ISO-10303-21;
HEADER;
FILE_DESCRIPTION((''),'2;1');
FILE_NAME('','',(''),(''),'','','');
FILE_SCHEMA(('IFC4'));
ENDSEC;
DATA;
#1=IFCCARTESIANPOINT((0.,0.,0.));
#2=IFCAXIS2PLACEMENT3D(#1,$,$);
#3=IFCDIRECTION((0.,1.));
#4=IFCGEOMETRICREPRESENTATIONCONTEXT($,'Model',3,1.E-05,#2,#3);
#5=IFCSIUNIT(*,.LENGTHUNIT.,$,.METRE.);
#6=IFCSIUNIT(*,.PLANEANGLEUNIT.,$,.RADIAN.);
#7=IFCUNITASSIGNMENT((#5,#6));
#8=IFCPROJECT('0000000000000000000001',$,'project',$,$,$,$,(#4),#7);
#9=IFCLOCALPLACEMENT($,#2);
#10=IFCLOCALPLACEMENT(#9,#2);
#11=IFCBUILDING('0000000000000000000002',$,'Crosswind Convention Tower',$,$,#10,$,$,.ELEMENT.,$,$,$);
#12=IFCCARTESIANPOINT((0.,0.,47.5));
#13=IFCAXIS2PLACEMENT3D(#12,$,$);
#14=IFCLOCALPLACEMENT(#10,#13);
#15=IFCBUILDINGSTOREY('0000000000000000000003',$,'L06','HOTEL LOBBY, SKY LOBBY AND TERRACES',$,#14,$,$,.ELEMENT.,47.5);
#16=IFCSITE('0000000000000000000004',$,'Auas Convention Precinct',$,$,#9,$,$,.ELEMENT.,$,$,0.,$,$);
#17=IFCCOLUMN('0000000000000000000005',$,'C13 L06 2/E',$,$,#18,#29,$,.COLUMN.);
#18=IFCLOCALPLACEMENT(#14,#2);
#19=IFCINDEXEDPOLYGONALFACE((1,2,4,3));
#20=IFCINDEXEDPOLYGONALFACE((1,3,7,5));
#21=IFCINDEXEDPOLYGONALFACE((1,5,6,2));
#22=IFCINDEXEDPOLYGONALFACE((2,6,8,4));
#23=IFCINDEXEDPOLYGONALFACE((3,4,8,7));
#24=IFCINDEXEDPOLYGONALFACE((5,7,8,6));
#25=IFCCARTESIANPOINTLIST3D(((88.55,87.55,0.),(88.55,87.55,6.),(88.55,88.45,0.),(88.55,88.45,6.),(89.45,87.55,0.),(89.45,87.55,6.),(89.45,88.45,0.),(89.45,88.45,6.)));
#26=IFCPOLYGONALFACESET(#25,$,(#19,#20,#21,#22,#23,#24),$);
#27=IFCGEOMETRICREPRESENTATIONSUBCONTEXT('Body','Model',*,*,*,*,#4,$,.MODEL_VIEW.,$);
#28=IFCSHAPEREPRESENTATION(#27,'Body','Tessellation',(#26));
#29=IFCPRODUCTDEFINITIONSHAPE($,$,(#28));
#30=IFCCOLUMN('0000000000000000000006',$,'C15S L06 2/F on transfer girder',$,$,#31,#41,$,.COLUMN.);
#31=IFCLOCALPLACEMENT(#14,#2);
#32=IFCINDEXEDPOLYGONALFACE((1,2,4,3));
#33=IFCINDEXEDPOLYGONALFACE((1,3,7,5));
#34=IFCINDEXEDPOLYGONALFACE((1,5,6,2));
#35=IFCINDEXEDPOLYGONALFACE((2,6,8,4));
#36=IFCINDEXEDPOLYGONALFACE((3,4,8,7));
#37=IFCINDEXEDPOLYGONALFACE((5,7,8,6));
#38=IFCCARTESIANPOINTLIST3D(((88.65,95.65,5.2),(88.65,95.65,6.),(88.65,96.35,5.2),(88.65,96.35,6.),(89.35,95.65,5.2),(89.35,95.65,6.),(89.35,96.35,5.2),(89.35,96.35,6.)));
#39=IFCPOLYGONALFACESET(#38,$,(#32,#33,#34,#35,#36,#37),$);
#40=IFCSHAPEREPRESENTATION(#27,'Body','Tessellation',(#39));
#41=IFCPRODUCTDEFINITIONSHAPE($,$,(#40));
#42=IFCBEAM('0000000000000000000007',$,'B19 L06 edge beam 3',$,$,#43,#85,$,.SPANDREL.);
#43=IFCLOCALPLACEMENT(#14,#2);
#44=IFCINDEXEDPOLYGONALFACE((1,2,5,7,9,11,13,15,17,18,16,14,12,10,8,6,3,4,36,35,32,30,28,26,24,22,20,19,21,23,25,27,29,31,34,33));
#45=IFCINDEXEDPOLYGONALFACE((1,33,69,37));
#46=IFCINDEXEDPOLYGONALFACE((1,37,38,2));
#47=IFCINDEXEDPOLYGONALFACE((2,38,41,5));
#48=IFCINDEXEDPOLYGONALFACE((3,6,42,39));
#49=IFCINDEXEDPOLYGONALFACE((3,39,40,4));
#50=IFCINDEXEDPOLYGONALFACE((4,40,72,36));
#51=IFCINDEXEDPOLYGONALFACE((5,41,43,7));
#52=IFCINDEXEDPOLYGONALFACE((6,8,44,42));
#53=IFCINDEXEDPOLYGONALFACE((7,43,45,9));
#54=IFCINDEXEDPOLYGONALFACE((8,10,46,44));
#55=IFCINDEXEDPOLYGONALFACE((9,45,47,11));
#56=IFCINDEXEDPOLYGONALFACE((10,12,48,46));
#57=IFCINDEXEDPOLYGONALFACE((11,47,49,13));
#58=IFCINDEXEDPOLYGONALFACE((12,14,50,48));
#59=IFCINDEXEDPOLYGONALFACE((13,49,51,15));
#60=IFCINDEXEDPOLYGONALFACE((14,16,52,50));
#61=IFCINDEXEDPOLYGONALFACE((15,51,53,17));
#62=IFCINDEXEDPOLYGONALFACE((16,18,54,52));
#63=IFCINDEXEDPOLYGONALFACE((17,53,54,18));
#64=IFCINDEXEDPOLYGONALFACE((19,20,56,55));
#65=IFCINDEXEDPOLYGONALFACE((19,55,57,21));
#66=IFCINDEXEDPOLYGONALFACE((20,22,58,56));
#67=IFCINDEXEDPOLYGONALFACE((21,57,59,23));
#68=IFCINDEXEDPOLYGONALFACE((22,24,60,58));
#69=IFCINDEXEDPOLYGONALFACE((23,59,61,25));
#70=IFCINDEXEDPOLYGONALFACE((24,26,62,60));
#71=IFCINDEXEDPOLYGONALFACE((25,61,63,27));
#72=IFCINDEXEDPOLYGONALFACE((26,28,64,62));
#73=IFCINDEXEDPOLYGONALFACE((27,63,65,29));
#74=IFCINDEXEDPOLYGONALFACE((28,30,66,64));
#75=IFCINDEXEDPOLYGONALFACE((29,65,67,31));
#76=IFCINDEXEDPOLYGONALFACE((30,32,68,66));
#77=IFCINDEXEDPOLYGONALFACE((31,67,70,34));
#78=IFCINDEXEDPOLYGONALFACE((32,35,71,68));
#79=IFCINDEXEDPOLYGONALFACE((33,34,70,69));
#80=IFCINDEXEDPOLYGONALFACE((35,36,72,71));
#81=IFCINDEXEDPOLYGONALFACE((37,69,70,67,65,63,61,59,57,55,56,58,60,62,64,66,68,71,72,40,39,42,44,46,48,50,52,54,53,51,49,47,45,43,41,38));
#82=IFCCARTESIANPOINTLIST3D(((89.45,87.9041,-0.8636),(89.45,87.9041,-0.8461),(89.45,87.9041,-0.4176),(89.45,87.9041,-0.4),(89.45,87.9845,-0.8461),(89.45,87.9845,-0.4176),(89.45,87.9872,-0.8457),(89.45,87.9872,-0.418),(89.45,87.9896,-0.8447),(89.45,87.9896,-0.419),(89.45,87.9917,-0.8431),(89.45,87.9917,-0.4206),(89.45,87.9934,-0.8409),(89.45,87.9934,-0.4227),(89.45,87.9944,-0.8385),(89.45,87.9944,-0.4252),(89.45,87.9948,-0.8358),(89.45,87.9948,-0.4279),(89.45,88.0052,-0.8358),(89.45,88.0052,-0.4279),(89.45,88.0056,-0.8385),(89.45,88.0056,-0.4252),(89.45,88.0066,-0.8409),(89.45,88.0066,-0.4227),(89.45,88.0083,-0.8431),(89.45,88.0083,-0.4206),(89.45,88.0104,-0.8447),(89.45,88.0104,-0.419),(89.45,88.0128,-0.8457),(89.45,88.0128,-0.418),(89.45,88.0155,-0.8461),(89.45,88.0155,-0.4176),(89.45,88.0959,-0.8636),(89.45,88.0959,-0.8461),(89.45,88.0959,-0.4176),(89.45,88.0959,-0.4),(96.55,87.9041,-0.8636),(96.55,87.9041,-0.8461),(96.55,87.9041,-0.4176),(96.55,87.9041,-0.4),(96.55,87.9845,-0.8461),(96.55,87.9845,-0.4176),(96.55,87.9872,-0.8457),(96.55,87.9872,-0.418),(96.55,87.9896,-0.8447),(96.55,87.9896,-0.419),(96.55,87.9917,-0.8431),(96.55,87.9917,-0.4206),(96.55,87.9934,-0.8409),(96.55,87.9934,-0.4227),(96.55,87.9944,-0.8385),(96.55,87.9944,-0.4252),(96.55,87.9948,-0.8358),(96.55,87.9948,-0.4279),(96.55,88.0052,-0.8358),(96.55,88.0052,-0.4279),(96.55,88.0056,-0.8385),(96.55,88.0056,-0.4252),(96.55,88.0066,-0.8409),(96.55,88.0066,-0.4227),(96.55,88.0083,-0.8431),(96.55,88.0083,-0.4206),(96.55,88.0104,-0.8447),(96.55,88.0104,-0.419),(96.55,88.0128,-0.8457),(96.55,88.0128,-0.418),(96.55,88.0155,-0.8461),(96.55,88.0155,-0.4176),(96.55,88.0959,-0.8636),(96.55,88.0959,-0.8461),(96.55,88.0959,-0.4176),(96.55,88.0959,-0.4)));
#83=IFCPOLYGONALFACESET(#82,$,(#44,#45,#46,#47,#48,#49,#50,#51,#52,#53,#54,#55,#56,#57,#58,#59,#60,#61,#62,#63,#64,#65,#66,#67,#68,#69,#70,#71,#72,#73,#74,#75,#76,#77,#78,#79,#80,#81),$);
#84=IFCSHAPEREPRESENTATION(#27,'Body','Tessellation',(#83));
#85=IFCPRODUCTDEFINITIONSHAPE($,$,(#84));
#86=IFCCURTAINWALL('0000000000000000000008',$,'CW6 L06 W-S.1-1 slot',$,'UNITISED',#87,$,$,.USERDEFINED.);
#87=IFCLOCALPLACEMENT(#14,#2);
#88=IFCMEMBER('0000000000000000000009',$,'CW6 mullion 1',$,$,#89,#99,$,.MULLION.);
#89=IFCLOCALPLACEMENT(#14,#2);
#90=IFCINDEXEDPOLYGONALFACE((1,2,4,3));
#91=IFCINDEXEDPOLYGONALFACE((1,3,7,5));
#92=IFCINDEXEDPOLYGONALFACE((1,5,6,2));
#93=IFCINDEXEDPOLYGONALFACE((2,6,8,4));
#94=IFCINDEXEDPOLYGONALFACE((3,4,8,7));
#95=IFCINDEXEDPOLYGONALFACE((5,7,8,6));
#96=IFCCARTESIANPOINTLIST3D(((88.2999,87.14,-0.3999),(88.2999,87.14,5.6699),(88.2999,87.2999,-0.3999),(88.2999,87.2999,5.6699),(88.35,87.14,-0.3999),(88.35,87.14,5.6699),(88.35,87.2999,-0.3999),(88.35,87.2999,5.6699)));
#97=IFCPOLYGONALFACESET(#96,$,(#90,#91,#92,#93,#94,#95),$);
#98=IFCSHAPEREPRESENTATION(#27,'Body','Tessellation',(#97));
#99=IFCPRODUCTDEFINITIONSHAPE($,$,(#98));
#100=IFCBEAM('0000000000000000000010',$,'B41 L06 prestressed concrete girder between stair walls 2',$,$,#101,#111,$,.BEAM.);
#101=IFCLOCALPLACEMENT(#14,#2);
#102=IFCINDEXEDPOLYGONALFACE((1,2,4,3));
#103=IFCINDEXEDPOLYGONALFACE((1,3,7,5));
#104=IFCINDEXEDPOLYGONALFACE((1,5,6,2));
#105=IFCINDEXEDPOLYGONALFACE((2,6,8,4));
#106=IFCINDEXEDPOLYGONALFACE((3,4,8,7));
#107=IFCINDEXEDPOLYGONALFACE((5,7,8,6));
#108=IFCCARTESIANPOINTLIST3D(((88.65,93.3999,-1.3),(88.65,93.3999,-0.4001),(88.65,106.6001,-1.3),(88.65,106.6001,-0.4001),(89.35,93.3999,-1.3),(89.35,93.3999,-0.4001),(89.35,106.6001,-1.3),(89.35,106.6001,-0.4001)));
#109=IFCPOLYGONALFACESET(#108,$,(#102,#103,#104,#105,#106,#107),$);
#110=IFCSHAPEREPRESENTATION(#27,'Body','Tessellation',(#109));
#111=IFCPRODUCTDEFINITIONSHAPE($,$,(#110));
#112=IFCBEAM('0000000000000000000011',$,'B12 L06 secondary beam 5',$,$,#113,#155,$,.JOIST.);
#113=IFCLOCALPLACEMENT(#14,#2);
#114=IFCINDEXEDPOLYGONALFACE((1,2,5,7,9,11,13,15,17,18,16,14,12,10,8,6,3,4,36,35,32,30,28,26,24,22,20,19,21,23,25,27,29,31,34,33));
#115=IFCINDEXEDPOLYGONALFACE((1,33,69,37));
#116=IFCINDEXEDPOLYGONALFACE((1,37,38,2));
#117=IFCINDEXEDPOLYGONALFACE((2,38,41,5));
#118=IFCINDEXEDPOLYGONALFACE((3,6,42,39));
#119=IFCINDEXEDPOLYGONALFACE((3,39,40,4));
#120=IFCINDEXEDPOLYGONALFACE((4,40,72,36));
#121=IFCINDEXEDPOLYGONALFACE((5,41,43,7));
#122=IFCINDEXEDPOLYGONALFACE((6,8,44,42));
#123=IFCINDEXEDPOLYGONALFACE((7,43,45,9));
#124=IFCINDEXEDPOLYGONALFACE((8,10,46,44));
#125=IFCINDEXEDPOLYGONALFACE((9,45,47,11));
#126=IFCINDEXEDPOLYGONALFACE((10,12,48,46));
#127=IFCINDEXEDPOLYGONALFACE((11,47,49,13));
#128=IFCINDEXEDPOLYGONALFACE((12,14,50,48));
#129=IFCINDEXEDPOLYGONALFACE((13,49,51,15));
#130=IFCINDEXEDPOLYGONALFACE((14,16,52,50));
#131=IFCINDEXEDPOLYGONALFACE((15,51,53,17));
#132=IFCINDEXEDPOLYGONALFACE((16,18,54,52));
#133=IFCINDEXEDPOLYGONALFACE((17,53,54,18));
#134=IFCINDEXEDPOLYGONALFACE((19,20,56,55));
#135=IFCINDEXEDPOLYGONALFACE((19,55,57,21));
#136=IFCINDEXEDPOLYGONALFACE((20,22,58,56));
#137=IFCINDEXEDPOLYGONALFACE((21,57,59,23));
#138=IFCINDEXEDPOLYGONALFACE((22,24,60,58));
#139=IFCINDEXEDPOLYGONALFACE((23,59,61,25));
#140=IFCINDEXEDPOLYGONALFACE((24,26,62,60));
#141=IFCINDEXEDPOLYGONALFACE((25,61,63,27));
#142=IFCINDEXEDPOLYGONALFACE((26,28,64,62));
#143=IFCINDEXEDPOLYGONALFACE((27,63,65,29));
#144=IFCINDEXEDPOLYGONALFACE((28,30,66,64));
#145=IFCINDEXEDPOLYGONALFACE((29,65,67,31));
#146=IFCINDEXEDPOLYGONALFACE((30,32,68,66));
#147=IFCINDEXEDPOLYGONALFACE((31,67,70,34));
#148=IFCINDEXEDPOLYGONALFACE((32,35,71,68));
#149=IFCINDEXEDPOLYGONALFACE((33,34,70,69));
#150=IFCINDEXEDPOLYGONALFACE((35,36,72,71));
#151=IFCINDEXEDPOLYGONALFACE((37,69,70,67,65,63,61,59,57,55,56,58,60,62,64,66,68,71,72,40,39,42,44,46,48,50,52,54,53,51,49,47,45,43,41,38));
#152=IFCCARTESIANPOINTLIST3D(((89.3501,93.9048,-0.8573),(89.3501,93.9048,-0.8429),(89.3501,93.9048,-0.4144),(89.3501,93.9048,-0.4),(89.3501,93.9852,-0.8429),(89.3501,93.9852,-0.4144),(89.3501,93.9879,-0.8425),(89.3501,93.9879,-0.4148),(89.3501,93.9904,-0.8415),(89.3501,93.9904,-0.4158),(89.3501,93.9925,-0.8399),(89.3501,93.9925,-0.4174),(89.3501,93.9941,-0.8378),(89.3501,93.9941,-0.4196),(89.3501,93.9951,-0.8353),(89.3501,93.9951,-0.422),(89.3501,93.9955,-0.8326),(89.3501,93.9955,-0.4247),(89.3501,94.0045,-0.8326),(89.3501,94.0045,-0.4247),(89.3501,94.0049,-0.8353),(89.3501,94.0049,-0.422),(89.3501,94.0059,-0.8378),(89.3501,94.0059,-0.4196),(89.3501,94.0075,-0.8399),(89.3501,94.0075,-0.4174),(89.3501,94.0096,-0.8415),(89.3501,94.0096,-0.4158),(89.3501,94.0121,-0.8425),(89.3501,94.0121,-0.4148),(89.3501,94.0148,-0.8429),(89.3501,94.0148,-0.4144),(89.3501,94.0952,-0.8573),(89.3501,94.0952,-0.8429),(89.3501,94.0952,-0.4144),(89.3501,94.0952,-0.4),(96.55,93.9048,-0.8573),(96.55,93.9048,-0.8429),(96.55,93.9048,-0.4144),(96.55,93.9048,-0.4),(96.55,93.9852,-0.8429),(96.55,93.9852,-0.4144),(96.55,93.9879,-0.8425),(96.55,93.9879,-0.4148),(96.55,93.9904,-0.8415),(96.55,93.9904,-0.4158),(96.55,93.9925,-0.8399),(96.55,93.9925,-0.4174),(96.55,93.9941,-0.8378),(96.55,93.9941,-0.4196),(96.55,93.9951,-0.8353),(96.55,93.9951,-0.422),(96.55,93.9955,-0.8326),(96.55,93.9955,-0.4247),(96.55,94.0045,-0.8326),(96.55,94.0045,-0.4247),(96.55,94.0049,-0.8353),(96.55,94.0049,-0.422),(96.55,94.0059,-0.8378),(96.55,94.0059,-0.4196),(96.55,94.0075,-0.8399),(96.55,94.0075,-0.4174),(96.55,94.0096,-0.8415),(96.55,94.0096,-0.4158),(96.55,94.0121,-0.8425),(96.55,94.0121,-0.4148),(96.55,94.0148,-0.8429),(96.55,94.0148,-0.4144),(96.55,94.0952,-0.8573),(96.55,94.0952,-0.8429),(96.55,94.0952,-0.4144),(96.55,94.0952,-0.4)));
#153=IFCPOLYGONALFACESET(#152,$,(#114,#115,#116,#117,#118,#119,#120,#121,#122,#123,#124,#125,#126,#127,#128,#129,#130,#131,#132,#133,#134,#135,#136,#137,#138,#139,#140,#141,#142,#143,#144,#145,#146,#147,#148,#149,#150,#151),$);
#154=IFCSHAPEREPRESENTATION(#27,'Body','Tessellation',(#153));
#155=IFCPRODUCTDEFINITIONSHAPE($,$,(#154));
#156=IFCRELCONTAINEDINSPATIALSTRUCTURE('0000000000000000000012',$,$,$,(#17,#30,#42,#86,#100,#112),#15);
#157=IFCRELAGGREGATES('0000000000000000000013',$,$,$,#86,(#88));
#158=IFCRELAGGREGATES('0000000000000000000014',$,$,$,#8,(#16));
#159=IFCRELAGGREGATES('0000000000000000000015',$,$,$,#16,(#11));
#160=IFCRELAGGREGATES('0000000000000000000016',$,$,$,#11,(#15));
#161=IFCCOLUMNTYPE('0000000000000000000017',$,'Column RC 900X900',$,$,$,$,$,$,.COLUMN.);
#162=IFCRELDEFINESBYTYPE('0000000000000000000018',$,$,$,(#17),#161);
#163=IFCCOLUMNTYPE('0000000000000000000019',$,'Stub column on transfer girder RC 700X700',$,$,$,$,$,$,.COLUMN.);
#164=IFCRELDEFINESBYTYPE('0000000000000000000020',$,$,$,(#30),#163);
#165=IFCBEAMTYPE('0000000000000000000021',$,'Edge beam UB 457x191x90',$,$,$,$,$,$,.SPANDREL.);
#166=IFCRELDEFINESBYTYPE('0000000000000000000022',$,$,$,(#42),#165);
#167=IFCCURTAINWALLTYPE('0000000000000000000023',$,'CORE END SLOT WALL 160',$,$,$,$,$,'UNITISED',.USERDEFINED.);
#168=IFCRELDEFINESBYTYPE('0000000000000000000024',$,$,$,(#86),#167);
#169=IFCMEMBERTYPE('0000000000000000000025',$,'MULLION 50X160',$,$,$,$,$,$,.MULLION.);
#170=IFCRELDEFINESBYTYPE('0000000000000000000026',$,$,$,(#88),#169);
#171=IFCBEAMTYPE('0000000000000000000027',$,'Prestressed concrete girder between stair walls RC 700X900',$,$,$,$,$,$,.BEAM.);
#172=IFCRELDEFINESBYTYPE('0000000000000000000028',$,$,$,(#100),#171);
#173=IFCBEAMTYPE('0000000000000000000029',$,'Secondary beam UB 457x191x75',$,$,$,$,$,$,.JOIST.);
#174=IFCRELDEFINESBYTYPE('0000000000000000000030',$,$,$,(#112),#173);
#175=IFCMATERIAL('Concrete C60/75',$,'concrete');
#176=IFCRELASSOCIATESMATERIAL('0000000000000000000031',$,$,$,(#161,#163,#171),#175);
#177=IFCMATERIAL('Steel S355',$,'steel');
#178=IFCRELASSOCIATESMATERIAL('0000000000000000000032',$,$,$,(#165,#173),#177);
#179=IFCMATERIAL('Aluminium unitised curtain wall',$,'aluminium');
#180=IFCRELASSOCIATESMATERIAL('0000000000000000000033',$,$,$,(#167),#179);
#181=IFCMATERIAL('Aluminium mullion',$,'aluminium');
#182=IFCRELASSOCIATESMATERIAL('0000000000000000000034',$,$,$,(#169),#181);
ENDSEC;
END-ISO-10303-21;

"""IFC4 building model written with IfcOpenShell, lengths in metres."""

from ifc_helpers import new_model, si_unit, direction, frame, origin, origin_2d, place, context, subcontext, project, spatial, rectangle, i_section, extrude, material, material_profile, profile_set, type_object, element, aggregate, save


model = new_model("IFC4")

# Units and contexts
model_context = context("Model", 3, precision=1e-05, world=origin(), true_north=direction((0.0, 1.0)))
body_context = subcontext(model_context, "Body", "Model", "MODEL_VIEW")
ifc_project = project(units=[si_unit("LENGTHUNIT", "METRE"), si_unit("PLANEANGLEUNIT", "RADIAN")], contexts=[model_context])

# Site, building, storey
site_placement = place(None, origin())
site = spatial("IfcSite", under=ifc_project, at=site_placement, Name="Auas Convention Precinct", CompositionType="ELEMENT", RefElevation=0.0)
building_placement = place(site_placement, origin())
building = spatial("IfcBuilding", under=site, at=building_placement, Name="Crosswind Convention Tower", CompositionType="ELEMENT")
storey_placement = place(building_placement, frame((0.0, 0.0, 47.5)))
storey = spatial("IfcBuildingStorey", under=building, at=storey_placement, Name="L06", Description="HOTEL LOBBY, SKY LOBBY AND TERRACES", CompositionType="ELEMENT", Elevation=47.5)

# Columns
ifc_material_1 = material(Name="Concrete C60/75", Category="concrete")
ifc_material_profile_1 = material_profile(ifc_material_1, rectangle(XDim=0.8999, YDim=0.8999, at=origin_2d()), Name="RC 900X900")
ifc_profile_set_1 = profile_set([ifc_material_profile_1], Name="Concrete C60/75")
column_type_1 = type_object("IfcColumnType", Name="Column RC 900X900", PredefinedType="COLUMN", material=ifc_profile_set_1)
column_1_placement = place(storey_placement, frame((89.0, 88.0, 0.0), z_axis=(0.0, 0.0, 1.0), x_axis=(1.0, 0.0, 0.0)))
element("IfcColumn", 1, at=column_1_placement, inside=storey, type_object=column_type_1, Name="C13 L06 2/E", PredefinedType="COLUMN", context=body_context, shape_type="SweptSolid", body=[
    extrude(rectangle(XDim=0.8999, YDim=0.8999, at=origin_2d()), origin(), (0.0, 0.0, 1.0), 6.0),
])
ifc_material_profile_2 = material_profile(ifc_material_1, rectangle(XDim=0.7, YDim=0.7, at=origin_2d()), Name="RC 700X700")
ifc_profile_set_2 = profile_set([ifc_material_profile_2], Name="Concrete C60/75")
column_type_2 = type_object("IfcColumnType", Name="Stub column on transfer girder RC 700X700", PredefinedType="COLUMN", material=ifc_profile_set_2)
column_2_placement = place(storey_placement, frame((89.0, 96.0, 5.2), z_axis=(0.0, 0.0, 1.0), x_axis=(1.0, 0.0, 0.0)))
element("IfcColumn", 2, at=column_2_placement, inside=storey, type_object=column_type_2, Name="C15S L06 2/F on transfer girder", PredefinedType="COLUMN", context=body_context, shape_type="SweptSolid", body=[
    extrude(rectangle(XDim=0.7, YDim=0.7, at=origin_2d()), origin(), (0.0, 0.0, 1.0), 0.8),
])

# Beam
ifc_material_2 = material(Name="Steel S355", Category="steel")
ifc_material_profile_3 = material_profile(ifc_material_2, i_section(OverallWidth=0.1919, OverallDepth=0.4636, WebThickness=0.0105, FlangeThickness=0.0176, FilletRadius=0.0103, at=origin_2d()), Name="UB 457x191x90")
ifc_profile_set_3 = profile_set([ifc_material_profile_3], Name="Steel S355")
beam_type_1 = type_object("IfcBeamType", Name="Edge beam UB 457x191x90", PredefinedType="SPANDREL", material=ifc_profile_set_3)
beam_1_placement = place(storey_placement, frame((89.45, 88.0, -0.6318), z_axis=(1.0, 0.0, 0.0), x_axis=(0.0, 1.0, 0.0)))
element("IfcBeam", 3, at=beam_1_placement, inside=storey, type_object=beam_type_1, Name="B19 L06 edge beam 3", PredefinedType="SPANDREL", context=body_context, shape_type="SweptSolid", body=[
    extrude(i_section(OverallWidth=0.1919, OverallDepth=0.4636, WebThickness=0.0105, FlangeThickness=0.0176, FilletRadius=0.0103, at=origin_2d()), origin(), (0.0, 0.0, 1.0), 7.1001),
])

# Curtain wall, member
ifc_material_3 = material(Name="Aluminium unitised curtain wall", Category="aluminium")
curtain_wall_type = type_object("IfcCurtainWallType", Name="CORE END SLOT WALL 160", ElementType="UNITISED", PredefinedType="USERDEFINED", material=ifc_material_3)
curtain_wall_placement = place(storey_placement, origin())
curtain_wall = element("IfcCurtainWall", 4, at=curtain_wall_placement, inside=storey, type_object=curtain_wall_type, Name="CW6 L06 W-S.1-1 slot", ObjectType="UNITISED", PredefinedType="USERDEFINED")
ifc_material_4 = material(Name="Aluminium mullion", Category="aluminium")
ifc_material_profile_4 = material_profile(ifc_material_4, rectangle(XDim=0.1599, YDim=0.05, at=origin_2d()), Name="AL 160X50")
ifc_profile_set_4 = profile_set([ifc_material_profile_4], Name="Aluminium mullion")
member_type_1 = type_object("IfcMemberType", Name="MULLION 50X160", PredefinedType="MULLION", material=ifc_profile_set_4)
member_1_placement = place(storey_placement, frame((88.325, 87.22, -0.3999), z_axis=(0.0, 0.0, 1.0), x_axis=(0.0, -1.0, 0.0)))
member_1 = element("IfcMember", 5, at=member_1_placement, type_object=member_type_1, Name="CW6 mullion 1", PredefinedType="MULLION", context=body_context, shape_type="SweptSolid", body=[
    extrude(rectangle(XDim=0.1599, YDim=0.05, at=origin_2d()), origin(), (0.0, 0.0, 1.0), 6.0698),
])

# Beams
ifc_material_profile_5 = material_profile(ifc_material_1, rectangle(XDim=0.7, YDim=0.8999, at=origin_2d()), Name="RC 700X900")
ifc_profile_set_5 = profile_set([ifc_material_profile_5], Name="Concrete C60/75")
beam_type_2 = type_object("IfcBeamType", Name="Prestressed concrete girder between stair walls RC 700X900", PredefinedType="BEAM", material=ifc_profile_set_5)
beam_2_placement = place(storey_placement, frame((89.0, 93.3999, -0.8501), z_axis=(0.0, 1.0, 0.0), x_axis=(-1.0, 0.0, 0.0)))
element("IfcBeam", 6, at=beam_2_placement, inside=storey, type_object=beam_type_2, Name="B41 L06 prestressed concrete girder between stair walls 2", PredefinedType="BEAM", context=body_context, shape_type="SweptSolid", body=[
    extrude(rectangle(XDim=0.7, YDim=0.8999, at=origin_2d()), origin(), (0.0, 0.0, 1.0), 13.2002),
])
ifc_material_profile_6 = material_profile(ifc_material_2, i_section(OverallWidth=0.1904, OverallDepth=0.4573, WebThickness=0.009, FlangeThickness=0.0144, FilletRadius=0.0103, at=origin_2d()), Name="UB 457x191x75")
ifc_profile_set_6 = profile_set([ifc_material_profile_6], Name="Steel S355")
beam_type_3 = type_object("IfcBeamType", Name="Secondary beam UB 457x191x75", PredefinedType="JOIST", material=ifc_profile_set_6)
beam_3_placement = place(storey_placement, frame((89.3501, 94.0, -0.6287), z_axis=(1.0, 0.0, 0.0), x_axis=(0.0, 1.0, 0.0)))
element("IfcBeam", 7, at=beam_3_placement, inside=storey, type_object=beam_type_3, Name="B12 L06 secondary beam 5", PredefinedType="JOIST", context=body_context, shape_type="SweptSolid", body=[
    extrude(i_section(OverallWidth=0.1904, OverallDepth=0.4573, WebThickness=0.009, FlangeThickness=0.0144, FilletRadius=0.0103, at=origin_2d()), origin(), (0.0, 0.0, 1.0), 7.2),
])

aggregate(curtain_wall, [member_1])

save(model, "model.ifc")
